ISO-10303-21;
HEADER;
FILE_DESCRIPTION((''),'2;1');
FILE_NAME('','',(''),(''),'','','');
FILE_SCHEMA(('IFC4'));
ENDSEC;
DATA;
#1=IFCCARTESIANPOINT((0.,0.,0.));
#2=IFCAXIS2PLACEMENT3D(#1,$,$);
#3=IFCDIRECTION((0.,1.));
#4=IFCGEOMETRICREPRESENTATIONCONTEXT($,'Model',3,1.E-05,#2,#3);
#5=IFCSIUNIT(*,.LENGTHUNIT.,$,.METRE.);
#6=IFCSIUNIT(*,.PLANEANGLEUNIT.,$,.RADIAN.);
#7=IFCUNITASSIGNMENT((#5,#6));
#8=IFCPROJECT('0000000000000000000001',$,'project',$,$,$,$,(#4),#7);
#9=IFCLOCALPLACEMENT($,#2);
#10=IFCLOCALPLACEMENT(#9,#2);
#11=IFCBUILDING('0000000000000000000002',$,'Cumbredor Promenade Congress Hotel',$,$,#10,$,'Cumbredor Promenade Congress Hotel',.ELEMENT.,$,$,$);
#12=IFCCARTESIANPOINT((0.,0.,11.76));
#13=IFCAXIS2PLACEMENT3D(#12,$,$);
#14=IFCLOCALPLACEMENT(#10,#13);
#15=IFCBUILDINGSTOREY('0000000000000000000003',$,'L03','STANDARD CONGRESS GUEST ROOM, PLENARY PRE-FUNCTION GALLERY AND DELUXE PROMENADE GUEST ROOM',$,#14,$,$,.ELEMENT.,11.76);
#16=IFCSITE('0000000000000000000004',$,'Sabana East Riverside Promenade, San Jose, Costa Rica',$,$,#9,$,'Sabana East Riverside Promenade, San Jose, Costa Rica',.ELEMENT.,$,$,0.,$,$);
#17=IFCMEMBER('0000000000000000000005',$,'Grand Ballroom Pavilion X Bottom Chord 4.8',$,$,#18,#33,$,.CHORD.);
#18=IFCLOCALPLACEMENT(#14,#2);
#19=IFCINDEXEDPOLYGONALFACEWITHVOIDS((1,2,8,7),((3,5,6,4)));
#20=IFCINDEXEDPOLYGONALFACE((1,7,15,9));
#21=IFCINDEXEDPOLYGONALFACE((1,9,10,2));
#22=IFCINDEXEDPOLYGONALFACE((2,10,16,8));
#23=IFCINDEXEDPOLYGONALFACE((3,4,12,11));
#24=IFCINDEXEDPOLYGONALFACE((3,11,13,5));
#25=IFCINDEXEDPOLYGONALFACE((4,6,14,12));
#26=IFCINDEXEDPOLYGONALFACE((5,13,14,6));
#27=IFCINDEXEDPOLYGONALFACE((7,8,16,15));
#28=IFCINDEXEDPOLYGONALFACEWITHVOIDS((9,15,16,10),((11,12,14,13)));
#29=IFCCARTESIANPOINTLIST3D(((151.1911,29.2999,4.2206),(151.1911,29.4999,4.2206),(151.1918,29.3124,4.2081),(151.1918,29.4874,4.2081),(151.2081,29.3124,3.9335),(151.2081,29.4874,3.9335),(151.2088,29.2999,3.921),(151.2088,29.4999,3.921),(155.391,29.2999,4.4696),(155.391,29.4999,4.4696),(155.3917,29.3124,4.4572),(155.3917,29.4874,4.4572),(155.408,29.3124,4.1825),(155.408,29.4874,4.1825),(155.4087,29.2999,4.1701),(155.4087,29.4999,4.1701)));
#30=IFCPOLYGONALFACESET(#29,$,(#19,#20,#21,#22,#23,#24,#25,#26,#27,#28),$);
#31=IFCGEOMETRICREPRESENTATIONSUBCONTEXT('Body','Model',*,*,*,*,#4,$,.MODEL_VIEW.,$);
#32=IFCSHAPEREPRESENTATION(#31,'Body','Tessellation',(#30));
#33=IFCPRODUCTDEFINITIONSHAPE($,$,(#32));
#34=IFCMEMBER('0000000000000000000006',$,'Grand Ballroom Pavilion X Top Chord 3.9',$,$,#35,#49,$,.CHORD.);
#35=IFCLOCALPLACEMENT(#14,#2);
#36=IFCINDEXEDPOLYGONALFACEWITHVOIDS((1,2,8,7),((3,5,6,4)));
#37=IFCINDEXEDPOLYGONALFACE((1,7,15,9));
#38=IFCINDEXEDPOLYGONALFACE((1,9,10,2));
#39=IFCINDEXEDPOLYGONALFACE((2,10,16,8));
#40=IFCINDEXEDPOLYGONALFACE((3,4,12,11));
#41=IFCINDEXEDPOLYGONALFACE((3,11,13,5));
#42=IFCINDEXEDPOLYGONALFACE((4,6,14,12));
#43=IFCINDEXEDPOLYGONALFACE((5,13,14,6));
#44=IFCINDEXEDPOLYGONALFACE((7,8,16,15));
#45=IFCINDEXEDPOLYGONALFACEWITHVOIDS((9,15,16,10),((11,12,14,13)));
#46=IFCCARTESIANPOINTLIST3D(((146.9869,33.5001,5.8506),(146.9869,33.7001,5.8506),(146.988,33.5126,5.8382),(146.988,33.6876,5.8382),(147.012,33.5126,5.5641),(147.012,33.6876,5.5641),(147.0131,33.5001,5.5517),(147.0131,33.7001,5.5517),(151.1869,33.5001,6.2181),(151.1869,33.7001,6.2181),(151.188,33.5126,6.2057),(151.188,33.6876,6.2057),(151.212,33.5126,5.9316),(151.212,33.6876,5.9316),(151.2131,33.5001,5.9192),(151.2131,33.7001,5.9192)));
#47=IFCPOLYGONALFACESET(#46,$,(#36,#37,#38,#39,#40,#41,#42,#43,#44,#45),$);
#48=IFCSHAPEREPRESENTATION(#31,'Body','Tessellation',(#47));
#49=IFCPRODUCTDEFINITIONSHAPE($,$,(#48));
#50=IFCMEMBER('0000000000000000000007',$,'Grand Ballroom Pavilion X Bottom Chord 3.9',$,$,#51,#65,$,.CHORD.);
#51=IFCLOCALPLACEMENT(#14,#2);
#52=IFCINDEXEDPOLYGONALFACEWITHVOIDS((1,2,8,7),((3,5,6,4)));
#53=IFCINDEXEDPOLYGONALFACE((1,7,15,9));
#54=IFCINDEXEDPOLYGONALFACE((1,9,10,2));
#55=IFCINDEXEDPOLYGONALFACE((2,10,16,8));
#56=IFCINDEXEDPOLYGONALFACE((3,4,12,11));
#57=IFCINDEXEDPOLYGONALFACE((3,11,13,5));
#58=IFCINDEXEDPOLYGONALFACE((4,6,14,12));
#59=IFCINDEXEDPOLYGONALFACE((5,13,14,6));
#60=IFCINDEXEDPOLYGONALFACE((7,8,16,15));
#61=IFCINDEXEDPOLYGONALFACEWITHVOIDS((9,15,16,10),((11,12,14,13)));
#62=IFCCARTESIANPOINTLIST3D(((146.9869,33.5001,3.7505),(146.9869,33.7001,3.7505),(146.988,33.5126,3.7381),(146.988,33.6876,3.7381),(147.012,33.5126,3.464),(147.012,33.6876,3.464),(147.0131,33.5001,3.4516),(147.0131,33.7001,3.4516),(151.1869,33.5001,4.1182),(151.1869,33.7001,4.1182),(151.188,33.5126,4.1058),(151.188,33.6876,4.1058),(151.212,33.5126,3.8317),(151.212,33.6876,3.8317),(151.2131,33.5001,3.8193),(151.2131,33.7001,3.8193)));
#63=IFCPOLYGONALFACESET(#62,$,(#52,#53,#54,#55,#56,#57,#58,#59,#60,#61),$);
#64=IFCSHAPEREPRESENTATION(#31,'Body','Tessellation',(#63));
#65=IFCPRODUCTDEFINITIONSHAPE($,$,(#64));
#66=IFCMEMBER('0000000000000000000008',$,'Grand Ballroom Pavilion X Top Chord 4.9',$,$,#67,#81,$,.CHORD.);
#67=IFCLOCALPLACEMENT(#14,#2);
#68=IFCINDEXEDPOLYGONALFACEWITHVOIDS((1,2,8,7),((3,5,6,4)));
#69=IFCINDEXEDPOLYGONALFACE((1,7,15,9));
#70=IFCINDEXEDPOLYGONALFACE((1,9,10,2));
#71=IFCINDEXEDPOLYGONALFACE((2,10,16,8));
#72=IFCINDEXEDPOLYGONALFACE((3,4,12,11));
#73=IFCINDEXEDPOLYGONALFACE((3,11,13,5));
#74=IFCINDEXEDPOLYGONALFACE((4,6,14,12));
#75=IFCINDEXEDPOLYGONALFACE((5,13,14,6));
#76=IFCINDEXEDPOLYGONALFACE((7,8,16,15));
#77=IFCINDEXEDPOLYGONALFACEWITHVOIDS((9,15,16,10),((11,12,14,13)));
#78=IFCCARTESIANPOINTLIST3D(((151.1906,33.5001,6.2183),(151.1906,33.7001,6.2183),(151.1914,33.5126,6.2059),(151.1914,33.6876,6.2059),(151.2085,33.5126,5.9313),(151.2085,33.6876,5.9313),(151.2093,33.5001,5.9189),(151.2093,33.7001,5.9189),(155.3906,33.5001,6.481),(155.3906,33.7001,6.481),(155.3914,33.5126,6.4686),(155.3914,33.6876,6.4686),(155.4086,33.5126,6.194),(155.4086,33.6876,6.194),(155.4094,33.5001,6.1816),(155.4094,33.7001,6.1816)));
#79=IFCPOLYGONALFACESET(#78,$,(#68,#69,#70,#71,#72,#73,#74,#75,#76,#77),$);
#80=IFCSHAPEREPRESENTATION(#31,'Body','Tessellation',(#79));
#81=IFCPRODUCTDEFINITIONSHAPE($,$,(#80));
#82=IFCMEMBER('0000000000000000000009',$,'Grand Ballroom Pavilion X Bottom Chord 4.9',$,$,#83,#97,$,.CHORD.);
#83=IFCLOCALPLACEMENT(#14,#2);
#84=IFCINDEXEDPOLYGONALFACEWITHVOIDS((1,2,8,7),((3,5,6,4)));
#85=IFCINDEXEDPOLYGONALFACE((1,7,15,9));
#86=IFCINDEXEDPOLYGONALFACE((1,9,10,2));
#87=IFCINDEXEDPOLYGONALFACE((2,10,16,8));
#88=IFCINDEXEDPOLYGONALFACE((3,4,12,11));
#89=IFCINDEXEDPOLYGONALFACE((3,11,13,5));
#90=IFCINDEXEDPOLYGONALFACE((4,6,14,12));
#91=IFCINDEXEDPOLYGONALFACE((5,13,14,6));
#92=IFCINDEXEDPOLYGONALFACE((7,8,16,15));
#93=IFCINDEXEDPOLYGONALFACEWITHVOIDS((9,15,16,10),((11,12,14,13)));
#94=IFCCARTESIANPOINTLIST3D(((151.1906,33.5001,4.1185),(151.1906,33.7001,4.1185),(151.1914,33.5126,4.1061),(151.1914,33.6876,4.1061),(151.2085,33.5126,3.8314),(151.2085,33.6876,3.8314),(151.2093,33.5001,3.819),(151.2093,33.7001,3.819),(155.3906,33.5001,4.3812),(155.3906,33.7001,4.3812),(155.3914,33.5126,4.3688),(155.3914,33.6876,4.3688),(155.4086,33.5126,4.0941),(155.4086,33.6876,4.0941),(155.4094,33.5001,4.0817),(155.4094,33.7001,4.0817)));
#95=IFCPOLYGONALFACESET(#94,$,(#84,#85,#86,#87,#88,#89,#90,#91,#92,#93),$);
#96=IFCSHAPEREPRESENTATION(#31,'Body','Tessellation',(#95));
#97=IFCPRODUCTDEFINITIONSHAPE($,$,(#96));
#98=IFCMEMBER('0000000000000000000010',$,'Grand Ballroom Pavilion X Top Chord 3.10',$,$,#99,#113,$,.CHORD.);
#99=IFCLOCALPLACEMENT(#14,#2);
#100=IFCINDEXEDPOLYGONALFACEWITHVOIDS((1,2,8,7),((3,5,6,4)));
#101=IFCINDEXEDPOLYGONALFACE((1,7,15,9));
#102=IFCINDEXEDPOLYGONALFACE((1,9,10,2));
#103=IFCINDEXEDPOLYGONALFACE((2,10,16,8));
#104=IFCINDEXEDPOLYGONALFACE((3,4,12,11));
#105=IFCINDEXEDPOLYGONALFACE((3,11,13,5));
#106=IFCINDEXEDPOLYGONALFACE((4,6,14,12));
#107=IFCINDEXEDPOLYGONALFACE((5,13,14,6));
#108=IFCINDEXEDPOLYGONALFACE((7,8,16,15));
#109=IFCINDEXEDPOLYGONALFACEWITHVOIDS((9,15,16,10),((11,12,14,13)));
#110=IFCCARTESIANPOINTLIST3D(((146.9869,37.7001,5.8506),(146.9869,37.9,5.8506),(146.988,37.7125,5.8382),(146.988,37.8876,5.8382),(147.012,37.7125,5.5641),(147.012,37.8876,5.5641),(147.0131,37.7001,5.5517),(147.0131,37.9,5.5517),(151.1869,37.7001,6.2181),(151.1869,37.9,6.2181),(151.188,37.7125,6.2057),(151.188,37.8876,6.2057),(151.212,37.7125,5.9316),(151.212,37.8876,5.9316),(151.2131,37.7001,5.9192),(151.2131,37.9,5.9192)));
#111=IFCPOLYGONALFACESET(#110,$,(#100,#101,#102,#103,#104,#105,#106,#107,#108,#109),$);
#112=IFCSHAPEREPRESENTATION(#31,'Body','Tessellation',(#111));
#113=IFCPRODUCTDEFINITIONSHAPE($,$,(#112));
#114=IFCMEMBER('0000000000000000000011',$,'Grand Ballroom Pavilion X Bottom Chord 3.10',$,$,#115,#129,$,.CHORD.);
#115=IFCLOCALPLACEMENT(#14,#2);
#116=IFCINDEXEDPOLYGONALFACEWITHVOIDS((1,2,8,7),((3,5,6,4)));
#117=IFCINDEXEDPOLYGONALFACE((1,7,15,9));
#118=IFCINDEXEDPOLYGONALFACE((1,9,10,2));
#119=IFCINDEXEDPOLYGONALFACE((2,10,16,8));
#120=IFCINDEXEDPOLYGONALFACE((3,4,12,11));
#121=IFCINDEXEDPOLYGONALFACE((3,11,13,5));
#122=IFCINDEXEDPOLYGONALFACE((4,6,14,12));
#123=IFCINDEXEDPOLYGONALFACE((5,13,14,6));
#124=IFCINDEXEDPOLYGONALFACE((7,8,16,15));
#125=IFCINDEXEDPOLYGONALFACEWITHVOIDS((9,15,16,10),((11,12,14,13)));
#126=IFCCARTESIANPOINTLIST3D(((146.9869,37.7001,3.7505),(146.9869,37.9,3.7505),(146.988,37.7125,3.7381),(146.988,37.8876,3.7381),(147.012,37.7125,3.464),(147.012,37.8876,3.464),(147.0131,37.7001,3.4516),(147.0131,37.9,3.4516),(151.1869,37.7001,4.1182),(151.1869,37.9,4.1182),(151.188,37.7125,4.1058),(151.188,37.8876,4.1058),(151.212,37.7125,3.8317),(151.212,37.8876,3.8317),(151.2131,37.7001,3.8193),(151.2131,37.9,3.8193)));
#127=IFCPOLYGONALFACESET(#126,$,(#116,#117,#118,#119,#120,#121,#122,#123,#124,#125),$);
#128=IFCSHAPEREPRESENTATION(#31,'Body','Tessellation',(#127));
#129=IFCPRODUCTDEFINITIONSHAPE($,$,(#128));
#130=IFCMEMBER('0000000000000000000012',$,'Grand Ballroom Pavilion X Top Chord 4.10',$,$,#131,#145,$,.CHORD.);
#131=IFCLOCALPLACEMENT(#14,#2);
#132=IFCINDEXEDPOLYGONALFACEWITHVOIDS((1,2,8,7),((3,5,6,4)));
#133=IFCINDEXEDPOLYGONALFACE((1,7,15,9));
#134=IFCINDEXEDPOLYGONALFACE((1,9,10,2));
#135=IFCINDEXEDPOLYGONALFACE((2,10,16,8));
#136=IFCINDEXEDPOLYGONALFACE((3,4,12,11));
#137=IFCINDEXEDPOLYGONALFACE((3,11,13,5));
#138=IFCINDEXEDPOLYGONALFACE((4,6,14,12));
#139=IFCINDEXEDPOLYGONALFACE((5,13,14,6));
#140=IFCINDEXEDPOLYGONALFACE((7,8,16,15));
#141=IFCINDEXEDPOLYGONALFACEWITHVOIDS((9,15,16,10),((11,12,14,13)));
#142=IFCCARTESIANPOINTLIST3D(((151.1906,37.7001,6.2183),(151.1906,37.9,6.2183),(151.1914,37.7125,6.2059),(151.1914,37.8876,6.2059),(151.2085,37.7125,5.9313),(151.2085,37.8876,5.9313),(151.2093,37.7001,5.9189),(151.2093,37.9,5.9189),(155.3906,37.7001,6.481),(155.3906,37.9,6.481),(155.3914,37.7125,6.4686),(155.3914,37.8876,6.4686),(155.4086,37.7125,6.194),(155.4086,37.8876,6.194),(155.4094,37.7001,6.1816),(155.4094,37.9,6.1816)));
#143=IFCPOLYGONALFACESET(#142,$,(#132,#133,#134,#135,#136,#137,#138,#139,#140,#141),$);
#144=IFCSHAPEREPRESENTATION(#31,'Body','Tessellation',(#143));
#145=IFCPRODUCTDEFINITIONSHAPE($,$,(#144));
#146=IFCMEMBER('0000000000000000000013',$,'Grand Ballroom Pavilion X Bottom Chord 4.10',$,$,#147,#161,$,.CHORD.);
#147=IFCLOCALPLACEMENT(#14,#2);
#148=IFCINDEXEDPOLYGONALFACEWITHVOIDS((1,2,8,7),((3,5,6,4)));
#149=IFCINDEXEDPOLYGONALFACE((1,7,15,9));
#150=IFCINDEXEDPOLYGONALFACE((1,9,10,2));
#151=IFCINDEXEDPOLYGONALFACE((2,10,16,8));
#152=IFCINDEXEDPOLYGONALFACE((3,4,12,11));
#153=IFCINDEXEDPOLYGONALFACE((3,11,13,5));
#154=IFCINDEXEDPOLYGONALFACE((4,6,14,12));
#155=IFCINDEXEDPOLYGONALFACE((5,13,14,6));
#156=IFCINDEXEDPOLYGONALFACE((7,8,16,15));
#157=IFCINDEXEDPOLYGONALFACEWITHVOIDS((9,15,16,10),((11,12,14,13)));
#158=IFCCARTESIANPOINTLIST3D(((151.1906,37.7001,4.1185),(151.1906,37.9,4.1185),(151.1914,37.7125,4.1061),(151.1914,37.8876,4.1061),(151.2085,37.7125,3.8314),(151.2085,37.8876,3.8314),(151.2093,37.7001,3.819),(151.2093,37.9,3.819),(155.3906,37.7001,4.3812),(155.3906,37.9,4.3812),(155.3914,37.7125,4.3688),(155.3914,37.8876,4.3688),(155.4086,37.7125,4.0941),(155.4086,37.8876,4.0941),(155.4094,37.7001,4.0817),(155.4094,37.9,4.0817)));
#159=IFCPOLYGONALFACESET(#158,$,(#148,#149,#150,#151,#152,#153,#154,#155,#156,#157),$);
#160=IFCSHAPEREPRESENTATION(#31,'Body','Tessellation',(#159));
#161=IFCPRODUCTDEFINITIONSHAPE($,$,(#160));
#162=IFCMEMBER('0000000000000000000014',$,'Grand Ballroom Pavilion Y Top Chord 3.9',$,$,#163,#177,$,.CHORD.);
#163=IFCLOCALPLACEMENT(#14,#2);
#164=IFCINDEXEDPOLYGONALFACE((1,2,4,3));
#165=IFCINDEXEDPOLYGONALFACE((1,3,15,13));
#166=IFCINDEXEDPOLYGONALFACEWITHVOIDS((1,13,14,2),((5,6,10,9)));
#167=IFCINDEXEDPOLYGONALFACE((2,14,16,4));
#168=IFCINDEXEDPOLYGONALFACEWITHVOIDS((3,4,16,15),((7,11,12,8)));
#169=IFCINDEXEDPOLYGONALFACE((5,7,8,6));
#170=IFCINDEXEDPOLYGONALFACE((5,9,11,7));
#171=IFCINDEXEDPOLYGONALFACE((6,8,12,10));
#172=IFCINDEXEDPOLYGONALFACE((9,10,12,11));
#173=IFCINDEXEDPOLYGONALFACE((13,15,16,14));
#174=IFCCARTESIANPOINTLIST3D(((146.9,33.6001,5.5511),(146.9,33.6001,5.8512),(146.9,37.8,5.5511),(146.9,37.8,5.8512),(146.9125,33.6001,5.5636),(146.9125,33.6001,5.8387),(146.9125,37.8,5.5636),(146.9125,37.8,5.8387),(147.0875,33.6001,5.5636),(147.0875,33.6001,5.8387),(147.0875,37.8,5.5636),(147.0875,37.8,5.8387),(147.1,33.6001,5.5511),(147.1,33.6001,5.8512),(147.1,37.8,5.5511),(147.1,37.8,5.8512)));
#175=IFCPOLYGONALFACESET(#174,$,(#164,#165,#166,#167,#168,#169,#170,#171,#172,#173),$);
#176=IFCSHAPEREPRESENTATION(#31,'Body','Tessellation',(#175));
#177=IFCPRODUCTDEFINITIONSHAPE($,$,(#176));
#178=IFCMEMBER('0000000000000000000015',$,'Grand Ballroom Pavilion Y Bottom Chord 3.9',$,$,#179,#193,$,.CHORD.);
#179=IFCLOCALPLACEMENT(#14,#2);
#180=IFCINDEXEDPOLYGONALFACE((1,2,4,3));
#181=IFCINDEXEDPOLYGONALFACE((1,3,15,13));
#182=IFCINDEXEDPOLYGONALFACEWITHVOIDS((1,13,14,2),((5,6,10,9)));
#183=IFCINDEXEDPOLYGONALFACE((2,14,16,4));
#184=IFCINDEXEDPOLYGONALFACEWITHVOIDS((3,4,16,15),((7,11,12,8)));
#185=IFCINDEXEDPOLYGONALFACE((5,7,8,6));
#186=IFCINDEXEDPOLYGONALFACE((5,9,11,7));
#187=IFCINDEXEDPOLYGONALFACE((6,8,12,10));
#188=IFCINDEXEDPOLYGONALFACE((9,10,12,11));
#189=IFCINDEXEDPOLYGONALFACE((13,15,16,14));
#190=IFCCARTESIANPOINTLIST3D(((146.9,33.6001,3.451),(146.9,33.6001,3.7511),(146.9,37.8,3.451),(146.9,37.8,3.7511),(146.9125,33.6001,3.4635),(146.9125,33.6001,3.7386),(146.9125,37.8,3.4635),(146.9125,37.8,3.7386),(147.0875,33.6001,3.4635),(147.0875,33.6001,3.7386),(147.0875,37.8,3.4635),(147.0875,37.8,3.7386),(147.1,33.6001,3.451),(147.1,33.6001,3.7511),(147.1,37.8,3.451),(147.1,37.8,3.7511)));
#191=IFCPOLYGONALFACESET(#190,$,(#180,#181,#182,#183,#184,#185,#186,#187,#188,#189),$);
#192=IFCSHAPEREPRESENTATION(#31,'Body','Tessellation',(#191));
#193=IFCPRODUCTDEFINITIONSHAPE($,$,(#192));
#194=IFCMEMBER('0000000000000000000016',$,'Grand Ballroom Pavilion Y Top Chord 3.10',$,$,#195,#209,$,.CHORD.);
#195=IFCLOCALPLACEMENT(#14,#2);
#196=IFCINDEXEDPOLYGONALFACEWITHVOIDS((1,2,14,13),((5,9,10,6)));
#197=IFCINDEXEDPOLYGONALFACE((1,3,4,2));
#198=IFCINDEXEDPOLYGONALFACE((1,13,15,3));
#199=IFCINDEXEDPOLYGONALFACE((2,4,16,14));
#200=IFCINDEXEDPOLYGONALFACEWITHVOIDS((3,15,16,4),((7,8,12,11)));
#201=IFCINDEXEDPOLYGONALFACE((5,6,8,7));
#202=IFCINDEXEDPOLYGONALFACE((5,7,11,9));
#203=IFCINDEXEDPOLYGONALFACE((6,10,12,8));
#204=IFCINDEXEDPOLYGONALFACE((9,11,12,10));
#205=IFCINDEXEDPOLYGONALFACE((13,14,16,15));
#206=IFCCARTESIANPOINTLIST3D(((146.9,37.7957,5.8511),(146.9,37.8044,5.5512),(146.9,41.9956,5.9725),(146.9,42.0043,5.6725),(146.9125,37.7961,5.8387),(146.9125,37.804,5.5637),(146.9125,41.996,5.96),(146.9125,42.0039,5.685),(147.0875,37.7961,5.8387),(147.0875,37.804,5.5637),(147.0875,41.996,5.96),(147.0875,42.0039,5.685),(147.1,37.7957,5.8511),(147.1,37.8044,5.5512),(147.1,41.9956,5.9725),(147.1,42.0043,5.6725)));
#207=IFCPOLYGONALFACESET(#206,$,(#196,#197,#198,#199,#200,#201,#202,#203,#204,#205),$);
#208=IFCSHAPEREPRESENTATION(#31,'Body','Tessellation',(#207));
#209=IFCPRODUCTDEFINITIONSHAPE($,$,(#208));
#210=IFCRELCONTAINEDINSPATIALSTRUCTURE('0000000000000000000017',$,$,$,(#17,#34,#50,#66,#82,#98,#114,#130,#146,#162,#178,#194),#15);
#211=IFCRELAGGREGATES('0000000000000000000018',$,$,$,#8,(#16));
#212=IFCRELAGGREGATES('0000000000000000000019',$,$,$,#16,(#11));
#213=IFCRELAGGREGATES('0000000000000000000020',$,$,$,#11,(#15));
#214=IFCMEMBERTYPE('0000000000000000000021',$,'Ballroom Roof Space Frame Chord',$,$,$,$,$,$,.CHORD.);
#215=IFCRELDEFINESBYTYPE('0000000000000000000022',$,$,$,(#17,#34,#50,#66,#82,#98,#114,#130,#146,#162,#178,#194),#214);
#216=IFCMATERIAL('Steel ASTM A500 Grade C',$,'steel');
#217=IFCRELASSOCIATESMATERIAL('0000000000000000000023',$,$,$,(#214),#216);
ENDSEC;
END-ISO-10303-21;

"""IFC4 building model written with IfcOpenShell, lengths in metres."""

from ifc_helpers import new_model, si_unit, direction, frame, origin, origin_2d, place, context, subcontext, project, spatial, hollow_rectangle, extrude, material, material_profile, profile_set, type_object, element, save


model = new_model("IFC4")

# Units and contexts
model_context = context("Model", 3, precision=1e-05, world=origin(), true_north=direction((0.0, 1.0)))
body_context = subcontext(model_context, "Body", "Model", "MODEL_VIEW")
ifc_project = project(units=[si_unit("LENGTHUNIT", "METRE"), si_unit("PLANEANGLEUNIT", "RADIAN")], contexts=[model_context])

# Site, building, storey
site_placement = place(None, origin())
site = spatial("IfcSite", under=ifc_project, at=site_placement, Name="Sabana East Riverside Promenade, San Jose, Costa Rica", LongName="Sabana East Riverside Promenade, San Jose, Costa Rica", CompositionType="ELEMENT", RefElevation=0.0)
building_placement = place(site_placement, origin())
building = spatial("IfcBuilding", under=site, at=building_placement, Name="Cumbredor Promenade Congress Hotel", LongName="Cumbredor Promenade Congress Hotel", CompositionType="ELEMENT")
storey_placement = place(building_placement, frame((0.0, 0.0, 11.76)))
storey = spatial("IfcBuildingStorey", under=building, at=storey_placement, Name="L03", Description="STANDARD CONGRESS GUEST ROOM, PLENARY PRE-FUNCTION GALLERY AND DELUXE PROMENADE GUEST ROOM", CompositionType="ELEMENT", Elevation=11.76)

# Members
ifc_material_1 = material(Name="Steel ASTM A500 Grade C", Category="steel")
ifc_material_profile_1 = material_profile(ifc_material_1, hollow_rectangle(XDim=0.2, YDim=0.3, WallThickness=0.0125, at=origin_2d()), Name="HSS 300x200x12.5")
ifc_profile_set_1 = profile_set([ifc_material_profile_1], Name="Steel ASTM A500 Grade C")
member_type_1 = type_object("IfcMemberType", Name="Ballroom Roof Space Frame Chord", PredefinedType="CHORD", material=ifc_profile_set_1)
member_1_placement = place(storey_placement, frame((151.2, 29.3999, 4.0708), z_axis=(0.998247, 0.0, 0.059188), x_axis=(0.0, 1.0, 0.0)))
element("IfcMember", 1, at=member_1_placement, inside=storey, type_object=member_type_1, Name="Grand Ballroom Pavilion X Bottom Chord 4.8", PredefinedType="CHORD", context=body_context, shape_type="SweptSolid", body=[
    extrude(hollow_rectangle(XDim=0.2, YDim=0.3, WallThickness=0.0125, at=origin_2d()), origin(), (0.0, 0.0, 1.0), 4.2073),
])
for number, where, z_axis, x_axis, name in (
    (2, (147.0, 33.6001, 5.7012), (0.996195, 0.0, 0.087152), (0.0, 1.0, 0.0), "Grand Ballroom Pavilion X Top Chord 3.9"),
    (3, (147.0, 33.6001, 3.6011), (0.99619, 0.0, 0.087209), (0.0, 1.0, 0.0), "Grand Ballroom Pavilion X Bottom Chord 3.9"),
):
    element("IfcMember", number, at=place(storey_placement, frame(where, z_axis=z_axis, x_axis=x_axis)), inside=storey, type_object=member_type_1, Name=name, PredefinedType="CHORD", context=body_context, shape_type="SweptSolid", body=[
        extrude(hollow_rectangle(XDim=0.2, YDim=0.3, WallThickness=0.0125, at=origin_2d()), origin(), (0.0, 0.0, 1.0), 4.2161),
    ])
for number, where, z_axis, x_axis, name in (
    (4, (151.2, 33.6001, 6.0686), (0.99805, 0.0, 0.062425), (0.0, 1.0, 0.0), "Grand Ballroom Pavilion X Top Chord 4.9"),
    (5, (151.2, 33.6001, 3.9688), (0.99805, 0.0, 0.062425), (0.0, 1.0, 0.0), "Grand Ballroom Pavilion X Bottom Chord 4.9"),
):
    element("IfcMember", number, at=place(storey_placement, frame(where, z_axis=z_axis, x_axis=x_axis)), inside=storey, type_object=member_type_1, Name=name, PredefinedType="CHORD", context=body_context, shape_type="SweptSolid", body=[
        extrude(hollow_rectangle(XDim=0.2, YDim=0.3, WallThickness=0.0125, at=origin_2d()), origin(), (0.0, 0.0, 1.0), 4.2083),
    ])
for number, where, z_axis, x_axis, name in (
    (6, (147.0, 37.8, 5.7012), (0.996195, 0.0, 0.087152), (0.0, 1.0, 0.0), "Grand Ballroom Pavilion X Top Chord 3.10"),
    (7, (147.0, 37.8, 3.6011), (0.99619, 0.0, 0.087209), (0.0, 1.0, 0.0), "Grand Ballroom Pavilion X Bottom Chord 3.10"),
):
    element("IfcMember", number, at=place(storey_placement, frame(where, z_axis=z_axis, x_axis=x_axis)), inside=storey, type_object=member_type_1, Name=name, PredefinedType="CHORD", context=body_context, shape_type="SweptSolid", body=[
        extrude(hollow_rectangle(XDim=0.2, YDim=0.3, WallThickness=0.0125, at=origin_2d()), origin(), (0.0, 0.0, 1.0), 4.2161),
    ])
for number, where, z_axis, x_axis, name in (
    (8, (151.2, 37.8, 6.0686), (0.99805, 0.0, 0.062425), (0.0, 1.0, 0.0), "Grand Ballroom Pavilion X Top Chord 4.10"),
    (9, (151.2, 37.8, 3.9688), (0.99805, 0.0, 0.062425), (0.0, 1.0, 0.0), "Grand Ballroom Pavilion X Bottom Chord 4.10"),
):
    element("IfcMember", number, at=place(storey_placement, frame(where, z_axis=z_axis, x_axis=x_axis)), inside=storey, type_object=member_type_1, Name=name, PredefinedType="CHORD", context=body_context, shape_type="SweptSolid", body=[
        extrude(hollow_rectangle(XDim=0.2, YDim=0.3, WallThickness=0.0125, at=origin_2d()), origin(), (0.0, 0.0, 1.0), 4.2083),
    ])
for number, where, z_axis, x_axis, name in (
    (10, (147.0, 33.6001, 5.7012), (0.0, 1.0, 0.0), (-1.0, 0.0, 0.0), "Grand Ballroom Pavilion Y Top Chord 3.9"),
    (11, (147.0, 33.6001, 3.6011), (0.0, 1.0, 0.0), (-1.0, 0.0, 0.0), "Grand Ballroom Pavilion Y Bottom Chord 3.9"),
):
    element("IfcMember", number, at=place(storey_placement, frame(where, z_axis=z_axis, x_axis=x_axis)), inside=storey, type_object=member_type_1, Name=name, PredefinedType="CHORD", context=body_context, shape_type="SweptSolid", body=[
        extrude(hollow_rectangle(XDim=0.2, YDim=0.3, WallThickness=0.0125, at=origin_2d()), origin(), (0.0, 0.0, 1.0), 4.2),
    ])
for number, where, z_axis, x_axis, name in (
    (12, (147.0, 37.8, 5.7012), (0.0, 0.999583, 0.028878), (-1.0, 0.0, 0.0), "Grand Ballroom Pavilion Y Top Chord 3.10"),
):
    element("IfcMember", number, at=place(storey_placement, frame(where, z_axis=z_axis, x_axis=x_axis)), inside=storey, type_object=member_type_1, Name=name, PredefinedType="CHORD", context=body_context, shape_type="SweptSolid", body=[
        extrude(hollow_rectangle(XDim=0.2, YDim=0.3, WallThickness=0.0125, at=origin_2d()), origin(), (0.0, 0.0, 1.0), 4.2017),
    ])

save(model, "model.ifc")
